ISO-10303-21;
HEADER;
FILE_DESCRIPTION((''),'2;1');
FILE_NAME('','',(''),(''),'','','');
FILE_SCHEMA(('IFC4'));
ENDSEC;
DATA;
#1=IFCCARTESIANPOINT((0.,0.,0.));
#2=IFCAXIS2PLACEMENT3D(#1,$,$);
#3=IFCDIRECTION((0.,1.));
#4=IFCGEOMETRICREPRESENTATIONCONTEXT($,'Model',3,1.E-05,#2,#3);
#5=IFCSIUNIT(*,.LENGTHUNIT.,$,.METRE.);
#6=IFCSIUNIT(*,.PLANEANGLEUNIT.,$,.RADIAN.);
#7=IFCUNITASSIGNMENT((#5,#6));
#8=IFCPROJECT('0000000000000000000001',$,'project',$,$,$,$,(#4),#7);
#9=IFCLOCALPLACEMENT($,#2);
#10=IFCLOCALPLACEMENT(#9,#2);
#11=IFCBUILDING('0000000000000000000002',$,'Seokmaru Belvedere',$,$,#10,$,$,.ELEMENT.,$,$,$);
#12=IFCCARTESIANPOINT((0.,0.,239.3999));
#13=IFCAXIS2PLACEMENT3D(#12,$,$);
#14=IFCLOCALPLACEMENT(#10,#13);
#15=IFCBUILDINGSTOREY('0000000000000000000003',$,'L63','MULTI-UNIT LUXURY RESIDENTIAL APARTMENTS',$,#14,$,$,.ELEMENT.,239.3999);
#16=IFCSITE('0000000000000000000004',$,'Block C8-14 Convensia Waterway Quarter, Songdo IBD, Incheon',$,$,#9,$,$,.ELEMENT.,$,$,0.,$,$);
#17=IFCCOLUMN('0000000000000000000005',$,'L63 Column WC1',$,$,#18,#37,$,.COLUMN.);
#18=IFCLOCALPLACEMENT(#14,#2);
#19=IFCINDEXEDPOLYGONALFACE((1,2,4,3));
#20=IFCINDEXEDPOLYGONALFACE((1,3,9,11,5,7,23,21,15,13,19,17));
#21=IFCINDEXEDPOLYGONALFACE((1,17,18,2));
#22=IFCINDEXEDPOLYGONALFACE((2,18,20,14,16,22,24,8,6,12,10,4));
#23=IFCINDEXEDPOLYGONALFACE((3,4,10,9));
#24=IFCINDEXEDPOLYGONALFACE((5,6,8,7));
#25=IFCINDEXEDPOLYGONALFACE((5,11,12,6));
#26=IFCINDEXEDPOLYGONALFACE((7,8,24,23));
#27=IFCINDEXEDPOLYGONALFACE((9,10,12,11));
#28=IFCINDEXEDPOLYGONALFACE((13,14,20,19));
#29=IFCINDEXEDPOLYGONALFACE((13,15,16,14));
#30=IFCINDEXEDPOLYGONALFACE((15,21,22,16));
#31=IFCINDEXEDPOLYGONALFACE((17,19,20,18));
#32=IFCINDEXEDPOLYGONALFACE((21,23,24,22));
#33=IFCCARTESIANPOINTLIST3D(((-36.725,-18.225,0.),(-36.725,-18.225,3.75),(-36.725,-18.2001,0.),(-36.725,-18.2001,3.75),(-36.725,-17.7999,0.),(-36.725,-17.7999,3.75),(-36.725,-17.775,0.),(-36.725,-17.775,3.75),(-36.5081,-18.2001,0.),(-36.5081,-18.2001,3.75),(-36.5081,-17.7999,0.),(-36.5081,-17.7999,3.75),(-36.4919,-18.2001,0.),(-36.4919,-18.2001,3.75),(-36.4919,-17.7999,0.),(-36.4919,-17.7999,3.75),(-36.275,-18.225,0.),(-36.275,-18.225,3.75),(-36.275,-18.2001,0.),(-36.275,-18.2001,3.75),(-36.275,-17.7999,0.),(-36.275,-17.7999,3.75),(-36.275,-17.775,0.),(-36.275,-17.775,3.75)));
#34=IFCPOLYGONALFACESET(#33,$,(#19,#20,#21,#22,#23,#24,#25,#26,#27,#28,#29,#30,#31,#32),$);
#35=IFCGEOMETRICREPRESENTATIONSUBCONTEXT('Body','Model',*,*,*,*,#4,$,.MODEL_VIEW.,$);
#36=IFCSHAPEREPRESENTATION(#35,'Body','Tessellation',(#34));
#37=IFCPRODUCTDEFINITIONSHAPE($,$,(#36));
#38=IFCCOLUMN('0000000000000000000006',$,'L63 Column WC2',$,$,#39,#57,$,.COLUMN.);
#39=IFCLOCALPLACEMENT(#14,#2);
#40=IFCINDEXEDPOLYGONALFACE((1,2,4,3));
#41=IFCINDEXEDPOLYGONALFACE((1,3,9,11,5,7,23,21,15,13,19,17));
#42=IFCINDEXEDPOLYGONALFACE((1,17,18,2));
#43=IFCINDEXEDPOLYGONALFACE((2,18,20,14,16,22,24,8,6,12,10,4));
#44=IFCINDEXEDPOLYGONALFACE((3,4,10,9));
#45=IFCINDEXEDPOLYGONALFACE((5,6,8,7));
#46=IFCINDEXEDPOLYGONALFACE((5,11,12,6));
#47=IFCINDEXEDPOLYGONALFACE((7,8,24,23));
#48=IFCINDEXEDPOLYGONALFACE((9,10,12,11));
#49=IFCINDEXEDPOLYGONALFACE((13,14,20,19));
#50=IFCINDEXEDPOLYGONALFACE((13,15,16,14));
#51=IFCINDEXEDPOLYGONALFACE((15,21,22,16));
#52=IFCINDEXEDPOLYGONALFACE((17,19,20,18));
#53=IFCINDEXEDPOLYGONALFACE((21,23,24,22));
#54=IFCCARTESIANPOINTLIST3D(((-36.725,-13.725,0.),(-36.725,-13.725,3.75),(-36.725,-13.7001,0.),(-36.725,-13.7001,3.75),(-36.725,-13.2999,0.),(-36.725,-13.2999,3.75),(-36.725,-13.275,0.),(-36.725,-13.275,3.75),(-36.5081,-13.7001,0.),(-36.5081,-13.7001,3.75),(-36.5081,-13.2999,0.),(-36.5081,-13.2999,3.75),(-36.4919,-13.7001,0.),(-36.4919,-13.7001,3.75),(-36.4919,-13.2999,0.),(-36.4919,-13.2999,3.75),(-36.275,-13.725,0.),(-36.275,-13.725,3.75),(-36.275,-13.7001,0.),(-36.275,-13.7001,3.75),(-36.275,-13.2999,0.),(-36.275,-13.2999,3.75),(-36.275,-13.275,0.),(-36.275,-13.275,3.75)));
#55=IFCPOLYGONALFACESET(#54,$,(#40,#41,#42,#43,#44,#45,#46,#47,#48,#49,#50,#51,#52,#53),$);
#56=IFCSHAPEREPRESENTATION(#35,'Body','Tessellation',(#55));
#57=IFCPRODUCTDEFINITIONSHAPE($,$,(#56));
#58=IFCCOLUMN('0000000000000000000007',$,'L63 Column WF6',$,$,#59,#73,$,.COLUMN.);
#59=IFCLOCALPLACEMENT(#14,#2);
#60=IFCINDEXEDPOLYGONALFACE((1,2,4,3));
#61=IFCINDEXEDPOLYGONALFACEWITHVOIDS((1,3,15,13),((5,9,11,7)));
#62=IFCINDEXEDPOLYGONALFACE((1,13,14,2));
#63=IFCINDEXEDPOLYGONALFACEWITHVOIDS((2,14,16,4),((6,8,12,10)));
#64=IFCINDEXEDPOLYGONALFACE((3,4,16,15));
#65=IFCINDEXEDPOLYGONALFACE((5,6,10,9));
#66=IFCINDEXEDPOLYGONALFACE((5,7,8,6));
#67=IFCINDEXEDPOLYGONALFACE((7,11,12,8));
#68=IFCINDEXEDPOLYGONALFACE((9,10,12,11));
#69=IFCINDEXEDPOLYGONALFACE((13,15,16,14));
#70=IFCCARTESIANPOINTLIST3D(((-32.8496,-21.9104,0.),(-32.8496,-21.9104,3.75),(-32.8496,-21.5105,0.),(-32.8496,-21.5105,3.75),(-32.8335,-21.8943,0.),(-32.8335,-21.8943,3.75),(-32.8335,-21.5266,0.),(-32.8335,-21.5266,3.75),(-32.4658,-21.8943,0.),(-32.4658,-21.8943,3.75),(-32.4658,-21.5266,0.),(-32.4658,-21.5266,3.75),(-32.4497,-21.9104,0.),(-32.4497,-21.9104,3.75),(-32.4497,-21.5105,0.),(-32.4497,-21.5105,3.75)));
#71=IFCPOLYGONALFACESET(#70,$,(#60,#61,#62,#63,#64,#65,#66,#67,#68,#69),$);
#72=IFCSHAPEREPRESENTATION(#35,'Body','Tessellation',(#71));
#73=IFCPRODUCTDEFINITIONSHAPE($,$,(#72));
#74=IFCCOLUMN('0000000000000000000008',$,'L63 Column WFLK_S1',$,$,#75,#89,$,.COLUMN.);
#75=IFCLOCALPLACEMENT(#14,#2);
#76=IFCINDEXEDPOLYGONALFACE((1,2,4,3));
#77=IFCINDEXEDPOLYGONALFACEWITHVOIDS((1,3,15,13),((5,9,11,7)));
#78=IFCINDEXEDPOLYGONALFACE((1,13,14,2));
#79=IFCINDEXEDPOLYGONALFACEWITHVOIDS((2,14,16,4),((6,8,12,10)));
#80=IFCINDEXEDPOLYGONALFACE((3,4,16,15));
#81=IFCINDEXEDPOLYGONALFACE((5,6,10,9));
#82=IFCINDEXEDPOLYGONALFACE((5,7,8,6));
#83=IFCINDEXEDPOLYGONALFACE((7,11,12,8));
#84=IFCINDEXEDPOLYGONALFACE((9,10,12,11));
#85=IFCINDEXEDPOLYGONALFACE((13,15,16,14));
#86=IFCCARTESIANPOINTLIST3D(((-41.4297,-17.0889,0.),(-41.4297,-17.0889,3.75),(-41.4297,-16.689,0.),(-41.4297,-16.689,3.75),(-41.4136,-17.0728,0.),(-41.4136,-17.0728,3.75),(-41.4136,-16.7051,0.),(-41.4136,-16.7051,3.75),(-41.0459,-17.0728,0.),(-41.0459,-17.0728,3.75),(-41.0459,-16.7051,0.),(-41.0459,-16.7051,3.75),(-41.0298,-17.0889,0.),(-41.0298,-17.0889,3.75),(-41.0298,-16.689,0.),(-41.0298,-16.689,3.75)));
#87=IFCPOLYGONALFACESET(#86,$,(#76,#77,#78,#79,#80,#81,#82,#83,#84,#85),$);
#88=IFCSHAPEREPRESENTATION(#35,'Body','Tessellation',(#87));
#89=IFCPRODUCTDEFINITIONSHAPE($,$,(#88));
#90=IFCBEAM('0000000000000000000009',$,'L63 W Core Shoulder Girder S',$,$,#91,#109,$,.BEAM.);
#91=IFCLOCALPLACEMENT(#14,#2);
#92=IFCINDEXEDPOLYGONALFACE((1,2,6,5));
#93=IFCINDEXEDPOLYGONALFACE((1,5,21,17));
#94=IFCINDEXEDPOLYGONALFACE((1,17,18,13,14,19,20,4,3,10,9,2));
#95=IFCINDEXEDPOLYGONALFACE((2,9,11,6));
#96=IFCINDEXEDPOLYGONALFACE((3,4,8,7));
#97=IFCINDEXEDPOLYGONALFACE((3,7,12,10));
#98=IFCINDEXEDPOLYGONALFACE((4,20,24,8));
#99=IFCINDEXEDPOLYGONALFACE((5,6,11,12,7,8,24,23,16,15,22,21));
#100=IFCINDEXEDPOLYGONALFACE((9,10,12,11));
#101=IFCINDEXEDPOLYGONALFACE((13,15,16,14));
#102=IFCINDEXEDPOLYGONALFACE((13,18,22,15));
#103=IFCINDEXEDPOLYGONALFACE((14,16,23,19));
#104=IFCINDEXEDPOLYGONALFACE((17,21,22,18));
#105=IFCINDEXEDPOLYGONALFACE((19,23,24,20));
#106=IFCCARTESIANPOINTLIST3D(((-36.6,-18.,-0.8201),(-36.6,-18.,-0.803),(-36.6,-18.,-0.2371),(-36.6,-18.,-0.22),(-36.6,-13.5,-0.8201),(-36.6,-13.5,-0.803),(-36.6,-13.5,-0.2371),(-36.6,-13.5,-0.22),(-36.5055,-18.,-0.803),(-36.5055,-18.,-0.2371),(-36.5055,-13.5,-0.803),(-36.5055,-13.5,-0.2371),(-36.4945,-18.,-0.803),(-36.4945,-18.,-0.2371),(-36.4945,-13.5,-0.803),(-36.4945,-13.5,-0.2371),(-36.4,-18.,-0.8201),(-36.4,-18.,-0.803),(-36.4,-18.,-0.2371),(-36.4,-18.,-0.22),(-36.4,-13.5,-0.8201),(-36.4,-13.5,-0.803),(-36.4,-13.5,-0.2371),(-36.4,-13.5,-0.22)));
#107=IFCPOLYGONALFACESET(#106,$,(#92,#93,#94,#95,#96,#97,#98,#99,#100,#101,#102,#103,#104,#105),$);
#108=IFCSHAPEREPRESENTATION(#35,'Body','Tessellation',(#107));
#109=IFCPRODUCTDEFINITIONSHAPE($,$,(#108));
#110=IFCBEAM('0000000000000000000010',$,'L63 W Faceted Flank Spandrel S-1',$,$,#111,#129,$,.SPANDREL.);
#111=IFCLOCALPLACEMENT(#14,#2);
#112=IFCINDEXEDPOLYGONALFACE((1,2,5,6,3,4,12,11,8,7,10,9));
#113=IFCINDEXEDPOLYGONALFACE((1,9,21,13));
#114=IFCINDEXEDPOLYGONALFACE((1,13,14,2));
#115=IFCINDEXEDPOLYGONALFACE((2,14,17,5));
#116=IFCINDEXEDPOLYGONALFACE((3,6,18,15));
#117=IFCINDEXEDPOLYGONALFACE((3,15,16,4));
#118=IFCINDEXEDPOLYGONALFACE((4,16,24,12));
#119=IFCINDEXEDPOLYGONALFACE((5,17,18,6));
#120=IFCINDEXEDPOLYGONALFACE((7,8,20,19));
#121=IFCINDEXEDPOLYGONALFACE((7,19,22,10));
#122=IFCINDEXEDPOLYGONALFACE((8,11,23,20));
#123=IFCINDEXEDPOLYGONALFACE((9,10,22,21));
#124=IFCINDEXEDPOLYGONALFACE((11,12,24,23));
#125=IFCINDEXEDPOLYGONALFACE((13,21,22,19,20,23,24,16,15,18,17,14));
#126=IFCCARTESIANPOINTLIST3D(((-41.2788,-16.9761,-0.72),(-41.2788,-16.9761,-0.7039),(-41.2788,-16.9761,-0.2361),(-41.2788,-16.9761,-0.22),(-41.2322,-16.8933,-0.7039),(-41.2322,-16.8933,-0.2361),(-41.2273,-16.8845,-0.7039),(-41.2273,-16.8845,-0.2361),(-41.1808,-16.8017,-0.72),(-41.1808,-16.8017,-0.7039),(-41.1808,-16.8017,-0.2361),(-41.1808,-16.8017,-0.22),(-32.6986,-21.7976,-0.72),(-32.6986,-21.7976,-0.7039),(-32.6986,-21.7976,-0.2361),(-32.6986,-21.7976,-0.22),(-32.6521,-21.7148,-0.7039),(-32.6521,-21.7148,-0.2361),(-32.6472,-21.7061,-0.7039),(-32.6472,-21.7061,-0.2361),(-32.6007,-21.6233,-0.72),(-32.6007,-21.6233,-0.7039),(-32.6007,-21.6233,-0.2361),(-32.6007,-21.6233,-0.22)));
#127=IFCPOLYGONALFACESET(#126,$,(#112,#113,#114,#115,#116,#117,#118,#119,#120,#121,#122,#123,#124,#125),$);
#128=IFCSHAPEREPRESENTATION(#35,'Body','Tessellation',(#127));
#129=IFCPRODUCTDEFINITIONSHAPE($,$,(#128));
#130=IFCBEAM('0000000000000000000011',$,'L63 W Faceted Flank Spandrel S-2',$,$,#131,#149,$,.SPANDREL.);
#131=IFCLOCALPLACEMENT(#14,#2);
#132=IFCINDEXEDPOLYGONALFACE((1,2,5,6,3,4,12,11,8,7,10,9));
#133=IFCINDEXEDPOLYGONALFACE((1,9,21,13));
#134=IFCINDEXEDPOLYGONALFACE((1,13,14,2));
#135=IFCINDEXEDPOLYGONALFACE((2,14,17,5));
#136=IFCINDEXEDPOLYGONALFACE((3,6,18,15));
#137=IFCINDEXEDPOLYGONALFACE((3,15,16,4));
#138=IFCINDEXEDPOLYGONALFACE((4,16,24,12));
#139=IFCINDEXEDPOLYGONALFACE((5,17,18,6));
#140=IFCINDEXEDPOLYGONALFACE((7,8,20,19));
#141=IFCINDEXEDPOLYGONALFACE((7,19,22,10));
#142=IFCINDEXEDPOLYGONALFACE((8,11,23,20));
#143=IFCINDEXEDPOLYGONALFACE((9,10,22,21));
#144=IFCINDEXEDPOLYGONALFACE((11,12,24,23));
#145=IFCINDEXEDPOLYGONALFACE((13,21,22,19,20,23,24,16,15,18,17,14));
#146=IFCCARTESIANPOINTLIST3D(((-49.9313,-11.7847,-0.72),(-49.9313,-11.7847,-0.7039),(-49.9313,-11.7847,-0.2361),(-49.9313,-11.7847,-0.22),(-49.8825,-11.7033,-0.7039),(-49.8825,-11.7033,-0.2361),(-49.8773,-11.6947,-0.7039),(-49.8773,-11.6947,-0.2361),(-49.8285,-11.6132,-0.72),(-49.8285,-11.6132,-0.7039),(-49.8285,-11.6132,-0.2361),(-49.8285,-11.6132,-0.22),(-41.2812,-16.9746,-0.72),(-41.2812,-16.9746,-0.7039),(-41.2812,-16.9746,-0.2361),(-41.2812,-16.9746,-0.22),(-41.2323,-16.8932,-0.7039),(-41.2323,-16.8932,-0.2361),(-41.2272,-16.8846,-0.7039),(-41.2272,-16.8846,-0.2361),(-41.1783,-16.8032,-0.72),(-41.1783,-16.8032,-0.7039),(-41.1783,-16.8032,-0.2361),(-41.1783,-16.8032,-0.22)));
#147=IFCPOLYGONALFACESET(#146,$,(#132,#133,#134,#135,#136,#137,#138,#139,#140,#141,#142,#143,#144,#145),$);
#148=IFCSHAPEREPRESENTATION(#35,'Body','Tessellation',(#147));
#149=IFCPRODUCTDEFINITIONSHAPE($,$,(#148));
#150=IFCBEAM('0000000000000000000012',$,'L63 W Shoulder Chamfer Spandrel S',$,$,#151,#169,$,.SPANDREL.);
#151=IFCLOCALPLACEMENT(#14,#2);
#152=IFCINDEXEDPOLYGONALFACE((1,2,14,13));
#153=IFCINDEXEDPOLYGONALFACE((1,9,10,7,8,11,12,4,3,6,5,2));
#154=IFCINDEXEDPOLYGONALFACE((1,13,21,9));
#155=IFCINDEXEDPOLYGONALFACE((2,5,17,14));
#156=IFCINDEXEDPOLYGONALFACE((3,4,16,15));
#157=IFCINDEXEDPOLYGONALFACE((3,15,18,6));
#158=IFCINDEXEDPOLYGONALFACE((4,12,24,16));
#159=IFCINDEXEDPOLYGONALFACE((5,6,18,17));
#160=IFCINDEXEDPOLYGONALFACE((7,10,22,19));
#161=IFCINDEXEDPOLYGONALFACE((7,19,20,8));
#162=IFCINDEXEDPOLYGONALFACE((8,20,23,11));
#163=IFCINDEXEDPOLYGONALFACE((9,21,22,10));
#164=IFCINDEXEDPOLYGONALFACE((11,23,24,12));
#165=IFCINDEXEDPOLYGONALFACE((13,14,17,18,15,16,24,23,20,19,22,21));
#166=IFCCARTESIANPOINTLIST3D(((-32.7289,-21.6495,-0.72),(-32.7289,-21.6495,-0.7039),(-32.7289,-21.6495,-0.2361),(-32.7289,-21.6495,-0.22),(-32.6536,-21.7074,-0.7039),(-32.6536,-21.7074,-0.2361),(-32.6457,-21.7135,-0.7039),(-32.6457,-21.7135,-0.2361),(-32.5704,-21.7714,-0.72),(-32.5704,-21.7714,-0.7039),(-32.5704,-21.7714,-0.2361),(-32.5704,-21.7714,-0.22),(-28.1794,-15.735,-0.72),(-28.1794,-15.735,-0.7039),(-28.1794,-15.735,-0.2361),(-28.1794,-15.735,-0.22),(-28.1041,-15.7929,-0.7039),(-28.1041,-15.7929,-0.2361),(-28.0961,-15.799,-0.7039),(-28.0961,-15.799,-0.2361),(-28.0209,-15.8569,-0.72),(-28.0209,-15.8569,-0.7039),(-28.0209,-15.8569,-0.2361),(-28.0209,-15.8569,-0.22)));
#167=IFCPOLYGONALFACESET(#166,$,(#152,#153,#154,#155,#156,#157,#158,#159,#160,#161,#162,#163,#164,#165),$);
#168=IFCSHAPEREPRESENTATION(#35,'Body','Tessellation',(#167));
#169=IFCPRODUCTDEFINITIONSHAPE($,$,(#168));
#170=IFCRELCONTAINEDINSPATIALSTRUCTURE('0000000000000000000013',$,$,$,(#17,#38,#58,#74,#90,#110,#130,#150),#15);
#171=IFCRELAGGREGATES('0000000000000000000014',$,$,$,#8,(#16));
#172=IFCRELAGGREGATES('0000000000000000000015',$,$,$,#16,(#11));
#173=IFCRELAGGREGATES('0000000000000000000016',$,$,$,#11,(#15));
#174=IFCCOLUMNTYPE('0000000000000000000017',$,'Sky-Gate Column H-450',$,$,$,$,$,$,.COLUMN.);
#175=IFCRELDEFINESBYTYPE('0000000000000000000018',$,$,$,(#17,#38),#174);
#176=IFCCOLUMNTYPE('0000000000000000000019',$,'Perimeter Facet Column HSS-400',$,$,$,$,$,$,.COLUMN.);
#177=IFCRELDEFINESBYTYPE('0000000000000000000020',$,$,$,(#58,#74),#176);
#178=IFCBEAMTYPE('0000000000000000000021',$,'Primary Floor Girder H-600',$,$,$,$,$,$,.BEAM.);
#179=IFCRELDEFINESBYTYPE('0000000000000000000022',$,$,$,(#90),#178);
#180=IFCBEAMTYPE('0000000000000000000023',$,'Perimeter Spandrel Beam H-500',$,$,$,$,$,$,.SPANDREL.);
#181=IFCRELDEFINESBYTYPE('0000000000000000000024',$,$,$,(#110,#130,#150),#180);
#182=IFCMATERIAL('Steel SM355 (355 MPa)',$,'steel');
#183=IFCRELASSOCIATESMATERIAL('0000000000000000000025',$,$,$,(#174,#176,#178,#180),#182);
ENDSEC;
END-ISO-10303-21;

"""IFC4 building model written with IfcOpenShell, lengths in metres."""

from ifc_helpers import new_model, si_unit, direction, frame, origin, origin_2d, place, context, subcontext, project, spatial, hollow_rectangle, i_section, extrude, source, transform, mapped, material, material_profile, profile_set, type_object, type_shapes, element, save


model = new_model("IFC4")

# Units and contexts
model_context = context("Model", 3, precision=1e-05, world=origin(), true_north=direction((0.0, 1.0)))
body_context = subcontext(model_context, "Body", "Model", "MODEL_VIEW")
ifc_project = project(units=[si_unit("LENGTHUNIT", "METRE"), si_unit("PLANEANGLEUNIT", "RADIAN")], contexts=[model_context])

# Site, building, storey
site_placement = place(None, origin())
site = spatial("IfcSite", under=ifc_project, at=site_placement, Name="Block C8-14 Convensia Waterway Quarter, Songdo IBD, Incheon", CompositionType="ELEMENT", RefElevation=0.0)
building_placement = place(site_placement, origin())
building = spatial("IfcBuilding", under=site, at=building_placement, Name="Seokmaru Belvedere", CompositionType="ELEMENT")
storey_placement = place(building_placement, frame((0.0, 0.0, 239.3999)))
storey = spatial("IfcBuildingStorey", under=building, at=storey_placement, Name="L63", Description="MULTI-UNIT LUXURY RESIDENTIAL APARTMENTS", CompositionType="ELEMENT", Elevation=239.3999)

# Columns
ifc_material_1 = material(Name="Steel SM355 (355 MPa)", Category="steel")
ifc_material_profile_1 = material_profile(ifc_material_1, i_section(OverallWidth=0.45, OverallDepth=0.45, WebThickness=0.0161, FlangeThickness=0.0249, at=origin_2d()), Name="H-450x450x16x25")
ifc_profile_set_1 = profile_set([ifc_material_profile_1], Name="Steel SM355 (355 MPa)")
column_type_1 = type_object("IfcColumnType", Name="Sky-Gate Column H-450", PredefinedType="COLUMN", material=ifc_profile_set_1)
shared_shape_1 = source(origin(), body_context, "Body", "SweptSolid", [
    extrude(i_section(OverallWidth=0.45, OverallDepth=0.45, WebThickness=0.0161, FlangeThickness=0.0249, at=origin_2d()), origin(), (0.0, 0.0, 1.0), 3.75),
])
type_shapes(column_type_1, [shared_shape_1])
for number, where, z_axis, x_axis, name in (
    (1, (-36.5, -18.0, 0.0), (0.0, 0.0, 1.0), (1.0, 0.0, 0.0), "L63 Column WC1"),
    (2, (-36.5, -13.5, 0.0), (0.0, 0.0, 1.0), (1.0, 0.0, 0.0), "L63 Column WC2"),
):
    element("IfcColumn", number, at=place(storey_placement, frame(where, z_axis=z_axis, x_axis=x_axis)), inside=storey, type_object=column_type_1, Name=name, PredefinedType="COLUMN", context=body_context, shape_type="MappedRepresentation", body=[
        mapped(shared_shape_1, transform((0.0, 0.0, 0.0), scale=1.0)),
    ])
ifc_material_profile_2 = material_profile(ifc_material_1, hollow_rectangle(XDim=0.3999, YDim=0.3999, WallThickness=0.0161, at=origin_2d()), Name="HSS-400x400x16")
ifc_profile_set_2 = profile_set([ifc_material_profile_2], Name="Steel SM355 (355 MPa)")
column_type_2 = type_object("IfcColumnType", Name="Perimeter Facet Column HSS-400", PredefinedType="COLUMN", material=ifc_profile_set_2)
shared_shape_2 = source(origin(), body_context, "Body", "SweptSolid", [
    extrude(hollow_rectangle(XDim=0.3999, YDim=0.3999, WallThickness=0.0161, at=origin_2d()), origin(), (0.0, 0.0, 1.0), 3.75),
])
type_shapes(column_type_2, [shared_shape_2])
for number, where, z_axis, x_axis, name in (
    (3, (-32.6497, -21.7104, 0.0), (0.0, 0.0, 1.0), (1.0, 0.0, 0.0), "L63 Column WF6"),
    (4, (-41.2297, -16.8889, 0.0), (0.0, 0.0, 1.0), (1.0, 0.0, 0.0), "L63 Column WFLK_S1"),
):
    element("IfcColumn", number, at=place(storey_placement, frame(where, z_axis=z_axis, x_axis=x_axis)), inside=storey, type_object=column_type_2, Name=name, PredefinedType="COLUMN", context=body_context, shape_type="MappedRepresentation", body=[
        mapped(shared_shape_2, transform((0.0, 0.0, 0.0), scale=1.0)),
    ])

# Beams
ifc_material_profile_3 = material_profile(ifc_material_1, i_section(OverallWidth=0.2, OverallDepth=0.6001, WebThickness=0.011, FlangeThickness=0.0171, at=origin_2d()), Name="H-600x200x11x17")
ifc_profile_set_3 = profile_set([ifc_material_profile_3], Name="Steel SM355 (355 MPa)")
beam_type_1 = type_object("IfcBeamType", Name="Primary Floor Girder H-600", PredefinedType="BEAM", material=ifc_profile_set_3)
shared_shape_3 = source(origin(), body_context, "Body", "SweptSolid", [
    extrude(i_section(OverallWidth=0.2, OverallDepth=0.6001, WebThickness=0.011, FlangeThickness=0.0171, at=origin_2d()), origin(), (0.0, 0.0, 1.0), 4.5),
])
beam_1_placement = place(storey_placement, frame((-36.5, -18.0, -0.52), z_axis=(0.0, 1.0, 0.0), x_axis=(-1.0, 0.0, 0.0)))
element("IfcBeam", 5, at=beam_1_placement, inside=storey, type_object=beam_type_1, Name="L63 W Core Shoulder Girder S", PredefinedType="BEAM", context=body_context, shape_type="MappedRepresentation", body=[
    mapped(shared_shape_3, transform((0.0, 0.0, 0.0), scale=1.0)),
])
ifc_material_profile_4 = material_profile(ifc_material_1, i_section(OverallWidth=0.2, OverallDepth=0.5, WebThickness=0.01, FlangeThickness=0.0161, at=origin_2d()), Name="H-500x200x10x16")
ifc_profile_set_4 = profile_set([ifc_material_profile_4], Name="Steel SM355 (355 MPa)")
beam_type_2 = type_object("IfcBeamType", Name="Perimeter Spandrel Beam H-500", PredefinedType="SPANDREL", material=ifc_profile_set_4)
shared_shape_4 = source(origin(), body_context, "Body", "SweptSolid", [
    extrude(i_section(OverallWidth=0.2, OverallDepth=0.5, WebThickness=0.01, FlangeThickness=0.0161, at=origin_2d()), origin(), (0.0, 0.0, 1.0), 9.842),
])
beam_2_placement = place(storey_placement, frame((-32.6497, -21.7104, -0.47), z_axis=(-0.871782, 0.489894, 0.0), x_axis=(-0.489894, -0.871782, 0.0)))
element("IfcBeam", 6, at=beam_2_placement, inside=storey, type_object=beam_type_2, Name="L63 W Faceted Flank Spandrel S-1", PredefinedType="SPANDREL", context=body_context, shape_type="MappedRepresentation", body=[
    mapped(shared_shape_4, transform((0.0, 0.0, 0.0), scale=1.0)),
])
shared_shape_5 = source(origin(), body_context, "Body", "SweptSolid", [
    extrude(i_section(OverallWidth=0.2, OverallDepth=0.5, WebThickness=0.01, FlangeThickness=0.0161, at=origin_2d()), origin(), (0.0, 0.0, 1.0), 10.0876),
])
beam_3_placement = place(storey_placement, frame((-41.2297, -16.8889, -0.47), z_axis=(-0.857499, 0.514485, 0.0), x_axis=(-0.514485, -0.857499, 0.0)))
element("IfcBeam", 7, at=beam_3_placement, inside=storey, type_object=beam_type_2, Name="L63 W Faceted Flank Spandrel S-2", PredefinedType="SPANDREL", context=body_context, shape_type="MappedRepresentation", body=[
    mapped(shared_shape_5, transform((0.0, 0.0, 0.0), scale=1.0)),
])
shared_shape_6 = source(origin(), body_context, "Body", "SweptSolid", [
    extrude(i_section(OverallWidth=0.2, OverallDepth=0.5, WebThickness=0.01, FlangeThickness=0.0161, at=origin_2d()), origin(), (0.0, 0.0, 1.0), 7.4619),
])
type_shapes(beam_type_2, [shared_shape_4, shared_shape_5, shared_shape_6])
beam_4_placement = place(storey_placement, frame((-32.6497, -21.7104, -0.47), z_axis=(0.609703, 0.79263, 0.0), x_axis=(-0.79263, 0.609703, 0.0)))
element("IfcBeam", 8, at=beam_4_placement, inside=storey, type_object=beam_type_2, Name="L63 W Shoulder Chamfer Spandrel S", PredefinedType="SPANDREL", context=body_context, shape_type="MappedRepresentation", body=[
    mapped(shared_shape_6, transform((0.0, 0.0, 0.0), scale=1.0)),
])

save(model, "model.ifc")
